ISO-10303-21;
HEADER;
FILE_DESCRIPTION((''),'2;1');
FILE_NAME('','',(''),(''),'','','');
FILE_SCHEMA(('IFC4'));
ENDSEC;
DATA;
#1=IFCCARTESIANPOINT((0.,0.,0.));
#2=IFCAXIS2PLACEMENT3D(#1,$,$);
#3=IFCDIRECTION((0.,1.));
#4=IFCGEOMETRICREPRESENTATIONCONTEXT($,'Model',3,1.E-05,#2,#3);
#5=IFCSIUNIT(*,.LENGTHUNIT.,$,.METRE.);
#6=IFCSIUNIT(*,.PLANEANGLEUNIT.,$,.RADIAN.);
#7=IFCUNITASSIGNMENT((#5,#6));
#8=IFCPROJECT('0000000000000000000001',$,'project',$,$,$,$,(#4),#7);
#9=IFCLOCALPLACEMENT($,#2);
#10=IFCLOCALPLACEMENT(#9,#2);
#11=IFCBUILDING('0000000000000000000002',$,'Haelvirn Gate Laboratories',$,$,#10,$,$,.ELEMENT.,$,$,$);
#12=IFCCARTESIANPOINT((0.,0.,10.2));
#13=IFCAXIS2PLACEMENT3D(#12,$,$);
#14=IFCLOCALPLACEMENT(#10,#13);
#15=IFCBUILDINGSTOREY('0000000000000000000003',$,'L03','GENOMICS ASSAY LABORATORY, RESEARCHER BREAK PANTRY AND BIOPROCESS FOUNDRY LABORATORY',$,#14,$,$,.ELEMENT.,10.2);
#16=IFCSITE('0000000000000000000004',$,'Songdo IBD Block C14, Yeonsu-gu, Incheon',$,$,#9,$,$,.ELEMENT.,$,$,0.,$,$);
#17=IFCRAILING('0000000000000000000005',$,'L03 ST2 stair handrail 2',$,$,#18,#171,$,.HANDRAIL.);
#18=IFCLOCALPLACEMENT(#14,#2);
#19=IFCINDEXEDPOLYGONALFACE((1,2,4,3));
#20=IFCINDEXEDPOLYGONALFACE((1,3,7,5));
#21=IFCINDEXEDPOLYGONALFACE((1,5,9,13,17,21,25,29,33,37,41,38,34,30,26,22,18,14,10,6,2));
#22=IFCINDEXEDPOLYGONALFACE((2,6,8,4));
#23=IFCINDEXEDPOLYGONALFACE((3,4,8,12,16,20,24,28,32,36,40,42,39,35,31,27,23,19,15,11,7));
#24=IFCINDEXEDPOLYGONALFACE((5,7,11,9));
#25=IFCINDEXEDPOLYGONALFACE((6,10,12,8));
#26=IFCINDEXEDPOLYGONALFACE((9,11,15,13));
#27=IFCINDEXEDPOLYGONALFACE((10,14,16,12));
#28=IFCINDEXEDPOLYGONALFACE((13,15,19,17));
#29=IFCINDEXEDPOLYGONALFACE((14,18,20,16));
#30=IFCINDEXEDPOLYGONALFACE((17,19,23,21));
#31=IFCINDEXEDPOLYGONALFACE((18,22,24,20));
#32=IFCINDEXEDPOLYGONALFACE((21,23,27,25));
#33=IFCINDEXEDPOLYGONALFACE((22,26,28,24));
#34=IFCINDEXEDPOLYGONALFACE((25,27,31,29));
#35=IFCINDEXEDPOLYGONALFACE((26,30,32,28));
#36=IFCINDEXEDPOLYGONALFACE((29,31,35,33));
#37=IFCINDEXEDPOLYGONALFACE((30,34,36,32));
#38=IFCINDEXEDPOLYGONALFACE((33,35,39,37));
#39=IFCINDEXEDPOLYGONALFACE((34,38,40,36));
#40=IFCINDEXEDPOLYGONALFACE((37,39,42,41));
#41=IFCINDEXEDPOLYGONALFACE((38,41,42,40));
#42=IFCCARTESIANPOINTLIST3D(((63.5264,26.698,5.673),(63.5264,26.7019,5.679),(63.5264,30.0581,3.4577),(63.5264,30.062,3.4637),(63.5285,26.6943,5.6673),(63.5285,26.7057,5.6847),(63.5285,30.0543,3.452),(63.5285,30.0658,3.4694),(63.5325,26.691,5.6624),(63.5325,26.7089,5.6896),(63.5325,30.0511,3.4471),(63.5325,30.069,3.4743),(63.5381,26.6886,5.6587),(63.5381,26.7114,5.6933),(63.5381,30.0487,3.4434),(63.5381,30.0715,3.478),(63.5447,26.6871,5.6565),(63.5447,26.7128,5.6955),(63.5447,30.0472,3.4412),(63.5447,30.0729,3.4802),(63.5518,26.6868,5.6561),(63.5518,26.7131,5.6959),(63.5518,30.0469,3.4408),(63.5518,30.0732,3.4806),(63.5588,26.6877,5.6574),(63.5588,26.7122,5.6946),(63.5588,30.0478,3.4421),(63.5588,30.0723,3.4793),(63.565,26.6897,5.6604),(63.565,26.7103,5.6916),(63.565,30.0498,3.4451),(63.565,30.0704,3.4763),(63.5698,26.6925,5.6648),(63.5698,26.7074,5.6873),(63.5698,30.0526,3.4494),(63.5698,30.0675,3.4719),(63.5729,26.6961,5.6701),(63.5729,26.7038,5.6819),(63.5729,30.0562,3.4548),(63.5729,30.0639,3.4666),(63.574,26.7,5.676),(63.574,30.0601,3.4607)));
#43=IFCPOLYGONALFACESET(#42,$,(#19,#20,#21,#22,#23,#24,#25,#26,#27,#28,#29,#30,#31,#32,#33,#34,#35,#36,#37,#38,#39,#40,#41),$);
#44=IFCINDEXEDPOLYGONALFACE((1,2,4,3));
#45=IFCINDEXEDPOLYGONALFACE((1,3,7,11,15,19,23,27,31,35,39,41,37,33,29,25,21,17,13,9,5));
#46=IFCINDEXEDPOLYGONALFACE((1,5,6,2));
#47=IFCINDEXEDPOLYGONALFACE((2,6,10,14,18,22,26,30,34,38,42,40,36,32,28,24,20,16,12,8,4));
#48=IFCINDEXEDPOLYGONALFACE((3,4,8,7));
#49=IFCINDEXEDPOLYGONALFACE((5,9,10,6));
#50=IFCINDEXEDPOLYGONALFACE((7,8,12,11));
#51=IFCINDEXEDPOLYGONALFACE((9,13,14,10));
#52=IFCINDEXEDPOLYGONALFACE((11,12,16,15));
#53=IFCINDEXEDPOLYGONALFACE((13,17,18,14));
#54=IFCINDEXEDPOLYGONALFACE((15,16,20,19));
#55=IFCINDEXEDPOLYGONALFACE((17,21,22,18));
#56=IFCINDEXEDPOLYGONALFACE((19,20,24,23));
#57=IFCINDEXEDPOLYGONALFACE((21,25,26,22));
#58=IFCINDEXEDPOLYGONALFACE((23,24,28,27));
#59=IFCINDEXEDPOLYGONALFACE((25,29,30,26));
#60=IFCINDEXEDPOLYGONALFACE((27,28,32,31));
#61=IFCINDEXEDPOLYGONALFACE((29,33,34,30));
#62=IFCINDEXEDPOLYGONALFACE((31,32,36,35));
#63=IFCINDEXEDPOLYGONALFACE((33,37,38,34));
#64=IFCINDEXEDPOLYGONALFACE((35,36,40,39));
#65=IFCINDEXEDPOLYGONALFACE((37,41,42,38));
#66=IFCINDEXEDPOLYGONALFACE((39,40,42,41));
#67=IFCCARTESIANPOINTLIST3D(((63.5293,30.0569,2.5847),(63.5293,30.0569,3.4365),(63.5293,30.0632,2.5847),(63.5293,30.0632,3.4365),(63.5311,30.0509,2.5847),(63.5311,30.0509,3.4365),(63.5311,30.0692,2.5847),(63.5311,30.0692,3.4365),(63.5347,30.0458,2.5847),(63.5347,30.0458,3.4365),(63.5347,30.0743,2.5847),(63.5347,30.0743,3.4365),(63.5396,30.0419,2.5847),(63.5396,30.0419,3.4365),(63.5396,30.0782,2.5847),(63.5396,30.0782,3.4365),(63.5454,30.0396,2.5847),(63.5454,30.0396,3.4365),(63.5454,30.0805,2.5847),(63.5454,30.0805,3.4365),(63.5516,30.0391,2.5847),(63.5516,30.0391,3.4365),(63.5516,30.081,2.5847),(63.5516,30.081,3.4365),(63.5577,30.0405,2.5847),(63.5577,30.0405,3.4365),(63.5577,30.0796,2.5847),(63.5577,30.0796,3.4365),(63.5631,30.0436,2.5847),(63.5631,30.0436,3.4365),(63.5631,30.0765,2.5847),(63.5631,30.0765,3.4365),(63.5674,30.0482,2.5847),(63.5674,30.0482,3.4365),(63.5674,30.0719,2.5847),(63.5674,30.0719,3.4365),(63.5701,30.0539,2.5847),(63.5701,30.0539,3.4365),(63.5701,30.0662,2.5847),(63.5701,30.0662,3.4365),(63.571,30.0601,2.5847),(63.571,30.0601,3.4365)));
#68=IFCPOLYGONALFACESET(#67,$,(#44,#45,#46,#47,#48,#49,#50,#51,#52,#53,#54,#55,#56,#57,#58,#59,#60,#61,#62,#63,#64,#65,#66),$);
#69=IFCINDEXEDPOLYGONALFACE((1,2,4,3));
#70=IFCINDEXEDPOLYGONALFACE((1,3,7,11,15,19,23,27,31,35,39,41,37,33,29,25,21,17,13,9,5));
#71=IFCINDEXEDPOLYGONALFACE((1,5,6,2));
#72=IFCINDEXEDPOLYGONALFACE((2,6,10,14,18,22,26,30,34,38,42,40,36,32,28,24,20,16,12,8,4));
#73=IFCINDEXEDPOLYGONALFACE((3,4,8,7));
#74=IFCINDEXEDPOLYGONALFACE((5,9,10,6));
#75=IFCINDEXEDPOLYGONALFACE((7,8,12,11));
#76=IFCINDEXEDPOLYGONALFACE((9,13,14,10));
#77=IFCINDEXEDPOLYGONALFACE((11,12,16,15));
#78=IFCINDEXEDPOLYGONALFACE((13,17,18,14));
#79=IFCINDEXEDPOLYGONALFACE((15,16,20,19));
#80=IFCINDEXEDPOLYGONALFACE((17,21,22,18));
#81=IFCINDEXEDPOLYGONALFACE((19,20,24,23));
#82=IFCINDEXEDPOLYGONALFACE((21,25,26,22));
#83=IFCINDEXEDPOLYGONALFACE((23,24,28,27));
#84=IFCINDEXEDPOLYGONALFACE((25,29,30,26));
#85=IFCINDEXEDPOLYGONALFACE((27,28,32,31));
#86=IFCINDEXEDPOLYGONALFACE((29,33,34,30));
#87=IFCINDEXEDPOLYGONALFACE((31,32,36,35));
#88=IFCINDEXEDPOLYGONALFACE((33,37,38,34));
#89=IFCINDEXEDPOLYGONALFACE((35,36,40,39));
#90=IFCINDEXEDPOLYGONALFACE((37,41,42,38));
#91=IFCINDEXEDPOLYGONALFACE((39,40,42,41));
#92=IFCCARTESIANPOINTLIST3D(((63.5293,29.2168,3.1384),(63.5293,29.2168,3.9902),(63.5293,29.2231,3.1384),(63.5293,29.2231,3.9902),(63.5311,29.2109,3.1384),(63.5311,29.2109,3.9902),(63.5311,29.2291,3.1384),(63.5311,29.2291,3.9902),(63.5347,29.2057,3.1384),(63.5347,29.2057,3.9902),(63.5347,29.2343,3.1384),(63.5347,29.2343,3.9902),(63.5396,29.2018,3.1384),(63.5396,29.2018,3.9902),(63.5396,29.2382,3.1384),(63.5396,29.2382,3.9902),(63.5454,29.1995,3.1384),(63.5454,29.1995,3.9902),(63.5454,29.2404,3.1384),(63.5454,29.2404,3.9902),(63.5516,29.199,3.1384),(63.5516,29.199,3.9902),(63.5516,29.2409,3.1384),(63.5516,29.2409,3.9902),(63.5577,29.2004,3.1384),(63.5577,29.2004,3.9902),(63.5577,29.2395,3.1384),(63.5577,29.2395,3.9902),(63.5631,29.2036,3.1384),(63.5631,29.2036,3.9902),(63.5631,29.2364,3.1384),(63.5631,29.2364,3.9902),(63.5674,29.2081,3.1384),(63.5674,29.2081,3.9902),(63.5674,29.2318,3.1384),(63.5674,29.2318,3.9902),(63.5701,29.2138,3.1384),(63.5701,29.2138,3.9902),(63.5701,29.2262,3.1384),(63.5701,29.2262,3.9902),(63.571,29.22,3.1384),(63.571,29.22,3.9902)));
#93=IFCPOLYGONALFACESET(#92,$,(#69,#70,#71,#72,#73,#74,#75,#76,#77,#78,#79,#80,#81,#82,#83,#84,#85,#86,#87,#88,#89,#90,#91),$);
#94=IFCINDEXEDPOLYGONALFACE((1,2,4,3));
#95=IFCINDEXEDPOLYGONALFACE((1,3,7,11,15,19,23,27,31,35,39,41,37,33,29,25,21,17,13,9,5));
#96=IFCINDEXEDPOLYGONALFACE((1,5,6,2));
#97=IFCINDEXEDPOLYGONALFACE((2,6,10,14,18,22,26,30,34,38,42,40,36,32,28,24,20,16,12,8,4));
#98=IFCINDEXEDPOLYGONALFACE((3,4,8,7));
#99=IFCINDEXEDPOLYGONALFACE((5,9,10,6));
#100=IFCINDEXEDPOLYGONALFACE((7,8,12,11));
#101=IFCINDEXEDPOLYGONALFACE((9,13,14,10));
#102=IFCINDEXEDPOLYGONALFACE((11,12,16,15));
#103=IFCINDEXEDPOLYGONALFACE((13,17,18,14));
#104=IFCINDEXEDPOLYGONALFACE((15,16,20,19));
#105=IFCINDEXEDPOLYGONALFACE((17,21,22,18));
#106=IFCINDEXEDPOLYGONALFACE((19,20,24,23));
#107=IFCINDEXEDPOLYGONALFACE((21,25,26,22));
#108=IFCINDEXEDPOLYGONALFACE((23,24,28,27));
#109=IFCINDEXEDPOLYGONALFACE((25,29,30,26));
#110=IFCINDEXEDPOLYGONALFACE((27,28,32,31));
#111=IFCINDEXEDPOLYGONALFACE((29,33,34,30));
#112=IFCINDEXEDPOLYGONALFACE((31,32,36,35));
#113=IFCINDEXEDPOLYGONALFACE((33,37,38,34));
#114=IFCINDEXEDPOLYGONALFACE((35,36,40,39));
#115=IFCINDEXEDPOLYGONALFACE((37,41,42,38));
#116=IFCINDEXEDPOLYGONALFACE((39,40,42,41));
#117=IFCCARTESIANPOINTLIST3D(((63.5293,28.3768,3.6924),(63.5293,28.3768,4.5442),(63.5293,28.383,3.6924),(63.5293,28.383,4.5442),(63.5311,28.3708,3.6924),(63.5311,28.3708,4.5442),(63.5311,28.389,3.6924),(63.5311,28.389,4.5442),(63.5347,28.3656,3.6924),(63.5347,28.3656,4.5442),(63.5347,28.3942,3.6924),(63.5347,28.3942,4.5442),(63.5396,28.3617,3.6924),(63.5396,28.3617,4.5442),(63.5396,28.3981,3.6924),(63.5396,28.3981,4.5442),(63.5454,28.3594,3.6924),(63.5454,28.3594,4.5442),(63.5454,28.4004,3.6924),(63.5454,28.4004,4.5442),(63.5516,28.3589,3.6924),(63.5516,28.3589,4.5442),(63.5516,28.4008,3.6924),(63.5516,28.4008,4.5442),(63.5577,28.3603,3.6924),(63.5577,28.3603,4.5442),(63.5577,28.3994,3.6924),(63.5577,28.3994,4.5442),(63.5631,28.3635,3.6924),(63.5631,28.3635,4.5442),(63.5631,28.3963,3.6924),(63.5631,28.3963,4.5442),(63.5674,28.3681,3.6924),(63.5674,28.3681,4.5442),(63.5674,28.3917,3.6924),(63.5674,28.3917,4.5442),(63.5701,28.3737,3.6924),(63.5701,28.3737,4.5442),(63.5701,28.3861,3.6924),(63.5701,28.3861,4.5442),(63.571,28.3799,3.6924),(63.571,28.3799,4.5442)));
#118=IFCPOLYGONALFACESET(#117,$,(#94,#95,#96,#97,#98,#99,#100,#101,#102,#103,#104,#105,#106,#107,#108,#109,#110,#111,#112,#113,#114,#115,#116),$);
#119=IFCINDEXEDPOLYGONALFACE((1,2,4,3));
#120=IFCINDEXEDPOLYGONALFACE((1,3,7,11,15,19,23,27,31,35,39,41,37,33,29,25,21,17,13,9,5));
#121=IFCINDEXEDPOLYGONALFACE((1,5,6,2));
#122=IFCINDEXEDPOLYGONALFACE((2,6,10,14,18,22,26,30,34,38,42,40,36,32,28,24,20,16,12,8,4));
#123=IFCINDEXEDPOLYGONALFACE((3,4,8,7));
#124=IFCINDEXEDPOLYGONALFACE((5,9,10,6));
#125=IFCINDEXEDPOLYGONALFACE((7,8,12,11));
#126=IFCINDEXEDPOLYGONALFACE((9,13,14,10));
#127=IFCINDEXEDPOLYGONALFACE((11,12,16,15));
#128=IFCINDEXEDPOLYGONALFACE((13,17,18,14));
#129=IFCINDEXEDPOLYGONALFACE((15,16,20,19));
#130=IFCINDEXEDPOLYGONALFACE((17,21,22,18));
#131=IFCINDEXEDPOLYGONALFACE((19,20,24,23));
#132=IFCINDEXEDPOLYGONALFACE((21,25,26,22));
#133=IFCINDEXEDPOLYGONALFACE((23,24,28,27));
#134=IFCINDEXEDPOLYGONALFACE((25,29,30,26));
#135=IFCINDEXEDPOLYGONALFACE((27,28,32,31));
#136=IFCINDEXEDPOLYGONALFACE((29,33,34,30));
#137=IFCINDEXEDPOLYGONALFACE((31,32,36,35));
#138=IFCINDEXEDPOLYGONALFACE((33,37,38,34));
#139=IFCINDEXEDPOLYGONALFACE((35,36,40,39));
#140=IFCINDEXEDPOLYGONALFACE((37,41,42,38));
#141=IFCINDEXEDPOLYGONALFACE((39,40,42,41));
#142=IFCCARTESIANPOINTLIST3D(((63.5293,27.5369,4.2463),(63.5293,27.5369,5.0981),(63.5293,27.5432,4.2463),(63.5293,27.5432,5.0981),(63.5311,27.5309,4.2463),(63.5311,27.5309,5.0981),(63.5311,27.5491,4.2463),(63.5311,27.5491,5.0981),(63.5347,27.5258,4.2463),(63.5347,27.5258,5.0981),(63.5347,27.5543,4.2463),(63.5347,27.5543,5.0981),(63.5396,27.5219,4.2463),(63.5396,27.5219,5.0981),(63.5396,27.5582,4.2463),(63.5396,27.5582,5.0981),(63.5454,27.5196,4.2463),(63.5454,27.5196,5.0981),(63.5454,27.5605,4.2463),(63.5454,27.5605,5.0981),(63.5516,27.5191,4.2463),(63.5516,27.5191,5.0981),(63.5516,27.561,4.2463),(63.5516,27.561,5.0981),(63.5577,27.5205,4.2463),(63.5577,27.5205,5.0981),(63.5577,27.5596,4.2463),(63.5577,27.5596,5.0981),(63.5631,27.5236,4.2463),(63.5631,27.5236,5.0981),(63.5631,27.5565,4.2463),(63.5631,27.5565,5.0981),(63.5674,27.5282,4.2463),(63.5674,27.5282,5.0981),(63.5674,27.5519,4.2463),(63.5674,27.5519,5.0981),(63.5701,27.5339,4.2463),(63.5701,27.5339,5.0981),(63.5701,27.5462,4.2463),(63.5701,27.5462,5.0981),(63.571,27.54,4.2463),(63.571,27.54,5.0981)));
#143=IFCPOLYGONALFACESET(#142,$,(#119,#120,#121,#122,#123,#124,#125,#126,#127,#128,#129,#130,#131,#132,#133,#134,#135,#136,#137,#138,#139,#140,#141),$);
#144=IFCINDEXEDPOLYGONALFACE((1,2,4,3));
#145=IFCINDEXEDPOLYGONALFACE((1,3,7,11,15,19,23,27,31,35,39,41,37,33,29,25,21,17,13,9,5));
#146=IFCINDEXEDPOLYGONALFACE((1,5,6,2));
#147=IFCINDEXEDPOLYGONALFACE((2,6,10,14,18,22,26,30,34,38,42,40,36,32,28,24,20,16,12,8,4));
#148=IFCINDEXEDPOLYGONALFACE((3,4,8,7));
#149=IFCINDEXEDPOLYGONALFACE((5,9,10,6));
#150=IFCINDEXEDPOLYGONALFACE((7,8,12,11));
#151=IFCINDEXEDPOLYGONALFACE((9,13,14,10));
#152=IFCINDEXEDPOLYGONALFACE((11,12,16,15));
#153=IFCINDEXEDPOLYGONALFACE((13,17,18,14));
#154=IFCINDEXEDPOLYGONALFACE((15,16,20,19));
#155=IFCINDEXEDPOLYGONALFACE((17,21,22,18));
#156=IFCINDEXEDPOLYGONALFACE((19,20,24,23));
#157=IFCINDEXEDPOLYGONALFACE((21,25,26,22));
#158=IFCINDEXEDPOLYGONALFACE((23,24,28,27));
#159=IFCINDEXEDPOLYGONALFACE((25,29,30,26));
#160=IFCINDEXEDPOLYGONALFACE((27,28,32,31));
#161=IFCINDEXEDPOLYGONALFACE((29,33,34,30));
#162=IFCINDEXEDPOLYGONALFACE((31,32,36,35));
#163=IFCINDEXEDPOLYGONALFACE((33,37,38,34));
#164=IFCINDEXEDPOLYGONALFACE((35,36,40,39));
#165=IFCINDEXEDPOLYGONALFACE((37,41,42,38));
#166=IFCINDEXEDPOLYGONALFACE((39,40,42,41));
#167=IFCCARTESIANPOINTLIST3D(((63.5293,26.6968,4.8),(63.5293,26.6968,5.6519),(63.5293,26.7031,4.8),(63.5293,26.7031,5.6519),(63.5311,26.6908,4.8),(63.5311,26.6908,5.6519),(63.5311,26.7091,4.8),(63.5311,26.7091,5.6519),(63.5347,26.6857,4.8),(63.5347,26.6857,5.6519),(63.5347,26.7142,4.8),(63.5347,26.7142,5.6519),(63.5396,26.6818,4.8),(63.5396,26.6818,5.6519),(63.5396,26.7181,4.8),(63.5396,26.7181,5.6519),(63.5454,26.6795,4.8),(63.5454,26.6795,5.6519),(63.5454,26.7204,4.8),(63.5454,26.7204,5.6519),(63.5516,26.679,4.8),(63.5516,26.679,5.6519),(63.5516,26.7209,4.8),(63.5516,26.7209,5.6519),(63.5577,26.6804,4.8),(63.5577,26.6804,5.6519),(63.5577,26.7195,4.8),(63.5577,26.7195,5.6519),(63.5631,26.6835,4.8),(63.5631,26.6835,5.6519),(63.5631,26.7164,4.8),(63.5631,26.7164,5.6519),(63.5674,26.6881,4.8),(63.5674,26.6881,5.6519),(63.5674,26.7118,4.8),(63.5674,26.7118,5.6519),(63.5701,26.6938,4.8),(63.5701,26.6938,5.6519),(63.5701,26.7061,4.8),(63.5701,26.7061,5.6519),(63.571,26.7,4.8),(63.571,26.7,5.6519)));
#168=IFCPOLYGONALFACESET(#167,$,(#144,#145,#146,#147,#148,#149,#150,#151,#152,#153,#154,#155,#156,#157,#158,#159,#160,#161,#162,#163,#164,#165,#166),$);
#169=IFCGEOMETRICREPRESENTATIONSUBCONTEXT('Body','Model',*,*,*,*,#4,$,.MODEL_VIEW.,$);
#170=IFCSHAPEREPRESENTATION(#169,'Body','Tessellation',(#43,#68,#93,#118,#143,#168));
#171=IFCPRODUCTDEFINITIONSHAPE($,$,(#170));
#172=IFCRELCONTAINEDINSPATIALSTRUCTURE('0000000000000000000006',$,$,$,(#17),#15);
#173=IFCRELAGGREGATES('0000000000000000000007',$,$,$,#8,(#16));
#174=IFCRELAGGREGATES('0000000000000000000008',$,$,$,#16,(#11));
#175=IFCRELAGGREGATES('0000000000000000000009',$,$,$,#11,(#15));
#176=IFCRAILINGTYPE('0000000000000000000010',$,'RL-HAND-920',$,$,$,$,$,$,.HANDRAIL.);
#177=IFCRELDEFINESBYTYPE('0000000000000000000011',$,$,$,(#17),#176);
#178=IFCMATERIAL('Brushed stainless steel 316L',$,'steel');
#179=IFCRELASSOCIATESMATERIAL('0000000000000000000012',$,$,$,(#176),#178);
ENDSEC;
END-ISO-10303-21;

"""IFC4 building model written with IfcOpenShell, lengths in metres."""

from ifc_helpers import new_model, si_unit, direction, frame, origin, origin_2d, place, context, subcontext, project, spatial, circle, extrude, source, transform, mapped, material, type_object, element, save


model = new_model("IFC4")

# Units and contexts
model_context = context("Model", 3, precision=1e-05, world=origin(), true_north=direction((0.0, 1.0)))
body_context = subcontext(model_context, "Body", "Model", "MODEL_VIEW")
ifc_project = project(units=[si_unit("LENGTHUNIT", "METRE"), si_unit("PLANEANGLEUNIT", "RADIAN")], contexts=[model_context])

# Site, building, storey
site_placement = place(None, origin())
site = spatial("IfcSite", under=ifc_project, at=site_placement, Name="Songdo IBD Block C14, Yeonsu-gu, Incheon", CompositionType="ELEMENT", RefElevation=0.0)
building_placement = place(site_placement, origin())
building = spatial("IfcBuilding", under=site, at=building_placement, Name="Haelvirn Gate Laboratories", CompositionType="ELEMENT")
storey_placement = place(building_placement, frame((0.0, 0.0, 10.2)))
storey = spatial("IfcBuildingStorey", under=building, at=storey_placement, Name="L03", Description="GENOMICS ASSAY LABORATORY, RESEARCHER BREAK PANTRY AND BIOPROCESS FOUNDRY LABORATORY", CompositionType="ELEMENT", Elevation=10.2)

# Railing
ifc_material_1 = material(Name="Brushed stainless steel 316L", Category="steel")
railing_type_1 = type_object("IfcRailingType", Name="RL-HAND-920", PredefinedType="HANDRAIL", material=ifc_material_1)
shared_shape_1 = source(origin(), body_context, "Body", "SweptSolid", [
    extrude(circle(Radius=0.0239, at=origin_2d()), frame((0.0, 0.0, 0.876), z_axis=(0.0, -0.834876, 0.550437), x_axis=(1.0, 0.0, 0.0)), (0.0, 0.0, 1.0), 4.0247),
    extrude(circle(Radius=0.021, at=origin_2d()), origin(), (0.0, 0.0, 1.0), 0.8518),
    extrude(circle(Radius=0.021, at=origin_2d()), frame((0.0, -0.8401, 0.5537)), (0.0, 0.0, 1.0), 0.8518),
    extrude(circle(Radius=0.021, at=origin_2d()), frame((0.0, -1.6802, 1.1077)), (0.0, 0.0, 1.0), 0.8518),
    extrude(circle(Radius=0.021, at=origin_2d()), frame((0.0, -2.52, 1.6616)), (0.0, 0.0, 1.0), 0.8518),
    extrude(circle(Radius=0.021, at=origin_2d()), frame((0.0, -3.3601, 2.2153)), (0.0, 0.0, 1.0), 0.8518),
])
railing_1_placement = place(storey_placement, frame((63.55, 30.0601, 2.5847)))
element("IfcRailing", 1, at=railing_1_placement, inside=storey, type_object=railing_type_1, Name="L03 ST2 stair handrail 2", PredefinedType="HANDRAIL", context=body_context, shape_type="MappedRepresentation", body=[
    mapped(shared_shape_1, transform((0.0, 0.0, 0.0), scale=1.0)),
])

save(model, "model.ifc")
